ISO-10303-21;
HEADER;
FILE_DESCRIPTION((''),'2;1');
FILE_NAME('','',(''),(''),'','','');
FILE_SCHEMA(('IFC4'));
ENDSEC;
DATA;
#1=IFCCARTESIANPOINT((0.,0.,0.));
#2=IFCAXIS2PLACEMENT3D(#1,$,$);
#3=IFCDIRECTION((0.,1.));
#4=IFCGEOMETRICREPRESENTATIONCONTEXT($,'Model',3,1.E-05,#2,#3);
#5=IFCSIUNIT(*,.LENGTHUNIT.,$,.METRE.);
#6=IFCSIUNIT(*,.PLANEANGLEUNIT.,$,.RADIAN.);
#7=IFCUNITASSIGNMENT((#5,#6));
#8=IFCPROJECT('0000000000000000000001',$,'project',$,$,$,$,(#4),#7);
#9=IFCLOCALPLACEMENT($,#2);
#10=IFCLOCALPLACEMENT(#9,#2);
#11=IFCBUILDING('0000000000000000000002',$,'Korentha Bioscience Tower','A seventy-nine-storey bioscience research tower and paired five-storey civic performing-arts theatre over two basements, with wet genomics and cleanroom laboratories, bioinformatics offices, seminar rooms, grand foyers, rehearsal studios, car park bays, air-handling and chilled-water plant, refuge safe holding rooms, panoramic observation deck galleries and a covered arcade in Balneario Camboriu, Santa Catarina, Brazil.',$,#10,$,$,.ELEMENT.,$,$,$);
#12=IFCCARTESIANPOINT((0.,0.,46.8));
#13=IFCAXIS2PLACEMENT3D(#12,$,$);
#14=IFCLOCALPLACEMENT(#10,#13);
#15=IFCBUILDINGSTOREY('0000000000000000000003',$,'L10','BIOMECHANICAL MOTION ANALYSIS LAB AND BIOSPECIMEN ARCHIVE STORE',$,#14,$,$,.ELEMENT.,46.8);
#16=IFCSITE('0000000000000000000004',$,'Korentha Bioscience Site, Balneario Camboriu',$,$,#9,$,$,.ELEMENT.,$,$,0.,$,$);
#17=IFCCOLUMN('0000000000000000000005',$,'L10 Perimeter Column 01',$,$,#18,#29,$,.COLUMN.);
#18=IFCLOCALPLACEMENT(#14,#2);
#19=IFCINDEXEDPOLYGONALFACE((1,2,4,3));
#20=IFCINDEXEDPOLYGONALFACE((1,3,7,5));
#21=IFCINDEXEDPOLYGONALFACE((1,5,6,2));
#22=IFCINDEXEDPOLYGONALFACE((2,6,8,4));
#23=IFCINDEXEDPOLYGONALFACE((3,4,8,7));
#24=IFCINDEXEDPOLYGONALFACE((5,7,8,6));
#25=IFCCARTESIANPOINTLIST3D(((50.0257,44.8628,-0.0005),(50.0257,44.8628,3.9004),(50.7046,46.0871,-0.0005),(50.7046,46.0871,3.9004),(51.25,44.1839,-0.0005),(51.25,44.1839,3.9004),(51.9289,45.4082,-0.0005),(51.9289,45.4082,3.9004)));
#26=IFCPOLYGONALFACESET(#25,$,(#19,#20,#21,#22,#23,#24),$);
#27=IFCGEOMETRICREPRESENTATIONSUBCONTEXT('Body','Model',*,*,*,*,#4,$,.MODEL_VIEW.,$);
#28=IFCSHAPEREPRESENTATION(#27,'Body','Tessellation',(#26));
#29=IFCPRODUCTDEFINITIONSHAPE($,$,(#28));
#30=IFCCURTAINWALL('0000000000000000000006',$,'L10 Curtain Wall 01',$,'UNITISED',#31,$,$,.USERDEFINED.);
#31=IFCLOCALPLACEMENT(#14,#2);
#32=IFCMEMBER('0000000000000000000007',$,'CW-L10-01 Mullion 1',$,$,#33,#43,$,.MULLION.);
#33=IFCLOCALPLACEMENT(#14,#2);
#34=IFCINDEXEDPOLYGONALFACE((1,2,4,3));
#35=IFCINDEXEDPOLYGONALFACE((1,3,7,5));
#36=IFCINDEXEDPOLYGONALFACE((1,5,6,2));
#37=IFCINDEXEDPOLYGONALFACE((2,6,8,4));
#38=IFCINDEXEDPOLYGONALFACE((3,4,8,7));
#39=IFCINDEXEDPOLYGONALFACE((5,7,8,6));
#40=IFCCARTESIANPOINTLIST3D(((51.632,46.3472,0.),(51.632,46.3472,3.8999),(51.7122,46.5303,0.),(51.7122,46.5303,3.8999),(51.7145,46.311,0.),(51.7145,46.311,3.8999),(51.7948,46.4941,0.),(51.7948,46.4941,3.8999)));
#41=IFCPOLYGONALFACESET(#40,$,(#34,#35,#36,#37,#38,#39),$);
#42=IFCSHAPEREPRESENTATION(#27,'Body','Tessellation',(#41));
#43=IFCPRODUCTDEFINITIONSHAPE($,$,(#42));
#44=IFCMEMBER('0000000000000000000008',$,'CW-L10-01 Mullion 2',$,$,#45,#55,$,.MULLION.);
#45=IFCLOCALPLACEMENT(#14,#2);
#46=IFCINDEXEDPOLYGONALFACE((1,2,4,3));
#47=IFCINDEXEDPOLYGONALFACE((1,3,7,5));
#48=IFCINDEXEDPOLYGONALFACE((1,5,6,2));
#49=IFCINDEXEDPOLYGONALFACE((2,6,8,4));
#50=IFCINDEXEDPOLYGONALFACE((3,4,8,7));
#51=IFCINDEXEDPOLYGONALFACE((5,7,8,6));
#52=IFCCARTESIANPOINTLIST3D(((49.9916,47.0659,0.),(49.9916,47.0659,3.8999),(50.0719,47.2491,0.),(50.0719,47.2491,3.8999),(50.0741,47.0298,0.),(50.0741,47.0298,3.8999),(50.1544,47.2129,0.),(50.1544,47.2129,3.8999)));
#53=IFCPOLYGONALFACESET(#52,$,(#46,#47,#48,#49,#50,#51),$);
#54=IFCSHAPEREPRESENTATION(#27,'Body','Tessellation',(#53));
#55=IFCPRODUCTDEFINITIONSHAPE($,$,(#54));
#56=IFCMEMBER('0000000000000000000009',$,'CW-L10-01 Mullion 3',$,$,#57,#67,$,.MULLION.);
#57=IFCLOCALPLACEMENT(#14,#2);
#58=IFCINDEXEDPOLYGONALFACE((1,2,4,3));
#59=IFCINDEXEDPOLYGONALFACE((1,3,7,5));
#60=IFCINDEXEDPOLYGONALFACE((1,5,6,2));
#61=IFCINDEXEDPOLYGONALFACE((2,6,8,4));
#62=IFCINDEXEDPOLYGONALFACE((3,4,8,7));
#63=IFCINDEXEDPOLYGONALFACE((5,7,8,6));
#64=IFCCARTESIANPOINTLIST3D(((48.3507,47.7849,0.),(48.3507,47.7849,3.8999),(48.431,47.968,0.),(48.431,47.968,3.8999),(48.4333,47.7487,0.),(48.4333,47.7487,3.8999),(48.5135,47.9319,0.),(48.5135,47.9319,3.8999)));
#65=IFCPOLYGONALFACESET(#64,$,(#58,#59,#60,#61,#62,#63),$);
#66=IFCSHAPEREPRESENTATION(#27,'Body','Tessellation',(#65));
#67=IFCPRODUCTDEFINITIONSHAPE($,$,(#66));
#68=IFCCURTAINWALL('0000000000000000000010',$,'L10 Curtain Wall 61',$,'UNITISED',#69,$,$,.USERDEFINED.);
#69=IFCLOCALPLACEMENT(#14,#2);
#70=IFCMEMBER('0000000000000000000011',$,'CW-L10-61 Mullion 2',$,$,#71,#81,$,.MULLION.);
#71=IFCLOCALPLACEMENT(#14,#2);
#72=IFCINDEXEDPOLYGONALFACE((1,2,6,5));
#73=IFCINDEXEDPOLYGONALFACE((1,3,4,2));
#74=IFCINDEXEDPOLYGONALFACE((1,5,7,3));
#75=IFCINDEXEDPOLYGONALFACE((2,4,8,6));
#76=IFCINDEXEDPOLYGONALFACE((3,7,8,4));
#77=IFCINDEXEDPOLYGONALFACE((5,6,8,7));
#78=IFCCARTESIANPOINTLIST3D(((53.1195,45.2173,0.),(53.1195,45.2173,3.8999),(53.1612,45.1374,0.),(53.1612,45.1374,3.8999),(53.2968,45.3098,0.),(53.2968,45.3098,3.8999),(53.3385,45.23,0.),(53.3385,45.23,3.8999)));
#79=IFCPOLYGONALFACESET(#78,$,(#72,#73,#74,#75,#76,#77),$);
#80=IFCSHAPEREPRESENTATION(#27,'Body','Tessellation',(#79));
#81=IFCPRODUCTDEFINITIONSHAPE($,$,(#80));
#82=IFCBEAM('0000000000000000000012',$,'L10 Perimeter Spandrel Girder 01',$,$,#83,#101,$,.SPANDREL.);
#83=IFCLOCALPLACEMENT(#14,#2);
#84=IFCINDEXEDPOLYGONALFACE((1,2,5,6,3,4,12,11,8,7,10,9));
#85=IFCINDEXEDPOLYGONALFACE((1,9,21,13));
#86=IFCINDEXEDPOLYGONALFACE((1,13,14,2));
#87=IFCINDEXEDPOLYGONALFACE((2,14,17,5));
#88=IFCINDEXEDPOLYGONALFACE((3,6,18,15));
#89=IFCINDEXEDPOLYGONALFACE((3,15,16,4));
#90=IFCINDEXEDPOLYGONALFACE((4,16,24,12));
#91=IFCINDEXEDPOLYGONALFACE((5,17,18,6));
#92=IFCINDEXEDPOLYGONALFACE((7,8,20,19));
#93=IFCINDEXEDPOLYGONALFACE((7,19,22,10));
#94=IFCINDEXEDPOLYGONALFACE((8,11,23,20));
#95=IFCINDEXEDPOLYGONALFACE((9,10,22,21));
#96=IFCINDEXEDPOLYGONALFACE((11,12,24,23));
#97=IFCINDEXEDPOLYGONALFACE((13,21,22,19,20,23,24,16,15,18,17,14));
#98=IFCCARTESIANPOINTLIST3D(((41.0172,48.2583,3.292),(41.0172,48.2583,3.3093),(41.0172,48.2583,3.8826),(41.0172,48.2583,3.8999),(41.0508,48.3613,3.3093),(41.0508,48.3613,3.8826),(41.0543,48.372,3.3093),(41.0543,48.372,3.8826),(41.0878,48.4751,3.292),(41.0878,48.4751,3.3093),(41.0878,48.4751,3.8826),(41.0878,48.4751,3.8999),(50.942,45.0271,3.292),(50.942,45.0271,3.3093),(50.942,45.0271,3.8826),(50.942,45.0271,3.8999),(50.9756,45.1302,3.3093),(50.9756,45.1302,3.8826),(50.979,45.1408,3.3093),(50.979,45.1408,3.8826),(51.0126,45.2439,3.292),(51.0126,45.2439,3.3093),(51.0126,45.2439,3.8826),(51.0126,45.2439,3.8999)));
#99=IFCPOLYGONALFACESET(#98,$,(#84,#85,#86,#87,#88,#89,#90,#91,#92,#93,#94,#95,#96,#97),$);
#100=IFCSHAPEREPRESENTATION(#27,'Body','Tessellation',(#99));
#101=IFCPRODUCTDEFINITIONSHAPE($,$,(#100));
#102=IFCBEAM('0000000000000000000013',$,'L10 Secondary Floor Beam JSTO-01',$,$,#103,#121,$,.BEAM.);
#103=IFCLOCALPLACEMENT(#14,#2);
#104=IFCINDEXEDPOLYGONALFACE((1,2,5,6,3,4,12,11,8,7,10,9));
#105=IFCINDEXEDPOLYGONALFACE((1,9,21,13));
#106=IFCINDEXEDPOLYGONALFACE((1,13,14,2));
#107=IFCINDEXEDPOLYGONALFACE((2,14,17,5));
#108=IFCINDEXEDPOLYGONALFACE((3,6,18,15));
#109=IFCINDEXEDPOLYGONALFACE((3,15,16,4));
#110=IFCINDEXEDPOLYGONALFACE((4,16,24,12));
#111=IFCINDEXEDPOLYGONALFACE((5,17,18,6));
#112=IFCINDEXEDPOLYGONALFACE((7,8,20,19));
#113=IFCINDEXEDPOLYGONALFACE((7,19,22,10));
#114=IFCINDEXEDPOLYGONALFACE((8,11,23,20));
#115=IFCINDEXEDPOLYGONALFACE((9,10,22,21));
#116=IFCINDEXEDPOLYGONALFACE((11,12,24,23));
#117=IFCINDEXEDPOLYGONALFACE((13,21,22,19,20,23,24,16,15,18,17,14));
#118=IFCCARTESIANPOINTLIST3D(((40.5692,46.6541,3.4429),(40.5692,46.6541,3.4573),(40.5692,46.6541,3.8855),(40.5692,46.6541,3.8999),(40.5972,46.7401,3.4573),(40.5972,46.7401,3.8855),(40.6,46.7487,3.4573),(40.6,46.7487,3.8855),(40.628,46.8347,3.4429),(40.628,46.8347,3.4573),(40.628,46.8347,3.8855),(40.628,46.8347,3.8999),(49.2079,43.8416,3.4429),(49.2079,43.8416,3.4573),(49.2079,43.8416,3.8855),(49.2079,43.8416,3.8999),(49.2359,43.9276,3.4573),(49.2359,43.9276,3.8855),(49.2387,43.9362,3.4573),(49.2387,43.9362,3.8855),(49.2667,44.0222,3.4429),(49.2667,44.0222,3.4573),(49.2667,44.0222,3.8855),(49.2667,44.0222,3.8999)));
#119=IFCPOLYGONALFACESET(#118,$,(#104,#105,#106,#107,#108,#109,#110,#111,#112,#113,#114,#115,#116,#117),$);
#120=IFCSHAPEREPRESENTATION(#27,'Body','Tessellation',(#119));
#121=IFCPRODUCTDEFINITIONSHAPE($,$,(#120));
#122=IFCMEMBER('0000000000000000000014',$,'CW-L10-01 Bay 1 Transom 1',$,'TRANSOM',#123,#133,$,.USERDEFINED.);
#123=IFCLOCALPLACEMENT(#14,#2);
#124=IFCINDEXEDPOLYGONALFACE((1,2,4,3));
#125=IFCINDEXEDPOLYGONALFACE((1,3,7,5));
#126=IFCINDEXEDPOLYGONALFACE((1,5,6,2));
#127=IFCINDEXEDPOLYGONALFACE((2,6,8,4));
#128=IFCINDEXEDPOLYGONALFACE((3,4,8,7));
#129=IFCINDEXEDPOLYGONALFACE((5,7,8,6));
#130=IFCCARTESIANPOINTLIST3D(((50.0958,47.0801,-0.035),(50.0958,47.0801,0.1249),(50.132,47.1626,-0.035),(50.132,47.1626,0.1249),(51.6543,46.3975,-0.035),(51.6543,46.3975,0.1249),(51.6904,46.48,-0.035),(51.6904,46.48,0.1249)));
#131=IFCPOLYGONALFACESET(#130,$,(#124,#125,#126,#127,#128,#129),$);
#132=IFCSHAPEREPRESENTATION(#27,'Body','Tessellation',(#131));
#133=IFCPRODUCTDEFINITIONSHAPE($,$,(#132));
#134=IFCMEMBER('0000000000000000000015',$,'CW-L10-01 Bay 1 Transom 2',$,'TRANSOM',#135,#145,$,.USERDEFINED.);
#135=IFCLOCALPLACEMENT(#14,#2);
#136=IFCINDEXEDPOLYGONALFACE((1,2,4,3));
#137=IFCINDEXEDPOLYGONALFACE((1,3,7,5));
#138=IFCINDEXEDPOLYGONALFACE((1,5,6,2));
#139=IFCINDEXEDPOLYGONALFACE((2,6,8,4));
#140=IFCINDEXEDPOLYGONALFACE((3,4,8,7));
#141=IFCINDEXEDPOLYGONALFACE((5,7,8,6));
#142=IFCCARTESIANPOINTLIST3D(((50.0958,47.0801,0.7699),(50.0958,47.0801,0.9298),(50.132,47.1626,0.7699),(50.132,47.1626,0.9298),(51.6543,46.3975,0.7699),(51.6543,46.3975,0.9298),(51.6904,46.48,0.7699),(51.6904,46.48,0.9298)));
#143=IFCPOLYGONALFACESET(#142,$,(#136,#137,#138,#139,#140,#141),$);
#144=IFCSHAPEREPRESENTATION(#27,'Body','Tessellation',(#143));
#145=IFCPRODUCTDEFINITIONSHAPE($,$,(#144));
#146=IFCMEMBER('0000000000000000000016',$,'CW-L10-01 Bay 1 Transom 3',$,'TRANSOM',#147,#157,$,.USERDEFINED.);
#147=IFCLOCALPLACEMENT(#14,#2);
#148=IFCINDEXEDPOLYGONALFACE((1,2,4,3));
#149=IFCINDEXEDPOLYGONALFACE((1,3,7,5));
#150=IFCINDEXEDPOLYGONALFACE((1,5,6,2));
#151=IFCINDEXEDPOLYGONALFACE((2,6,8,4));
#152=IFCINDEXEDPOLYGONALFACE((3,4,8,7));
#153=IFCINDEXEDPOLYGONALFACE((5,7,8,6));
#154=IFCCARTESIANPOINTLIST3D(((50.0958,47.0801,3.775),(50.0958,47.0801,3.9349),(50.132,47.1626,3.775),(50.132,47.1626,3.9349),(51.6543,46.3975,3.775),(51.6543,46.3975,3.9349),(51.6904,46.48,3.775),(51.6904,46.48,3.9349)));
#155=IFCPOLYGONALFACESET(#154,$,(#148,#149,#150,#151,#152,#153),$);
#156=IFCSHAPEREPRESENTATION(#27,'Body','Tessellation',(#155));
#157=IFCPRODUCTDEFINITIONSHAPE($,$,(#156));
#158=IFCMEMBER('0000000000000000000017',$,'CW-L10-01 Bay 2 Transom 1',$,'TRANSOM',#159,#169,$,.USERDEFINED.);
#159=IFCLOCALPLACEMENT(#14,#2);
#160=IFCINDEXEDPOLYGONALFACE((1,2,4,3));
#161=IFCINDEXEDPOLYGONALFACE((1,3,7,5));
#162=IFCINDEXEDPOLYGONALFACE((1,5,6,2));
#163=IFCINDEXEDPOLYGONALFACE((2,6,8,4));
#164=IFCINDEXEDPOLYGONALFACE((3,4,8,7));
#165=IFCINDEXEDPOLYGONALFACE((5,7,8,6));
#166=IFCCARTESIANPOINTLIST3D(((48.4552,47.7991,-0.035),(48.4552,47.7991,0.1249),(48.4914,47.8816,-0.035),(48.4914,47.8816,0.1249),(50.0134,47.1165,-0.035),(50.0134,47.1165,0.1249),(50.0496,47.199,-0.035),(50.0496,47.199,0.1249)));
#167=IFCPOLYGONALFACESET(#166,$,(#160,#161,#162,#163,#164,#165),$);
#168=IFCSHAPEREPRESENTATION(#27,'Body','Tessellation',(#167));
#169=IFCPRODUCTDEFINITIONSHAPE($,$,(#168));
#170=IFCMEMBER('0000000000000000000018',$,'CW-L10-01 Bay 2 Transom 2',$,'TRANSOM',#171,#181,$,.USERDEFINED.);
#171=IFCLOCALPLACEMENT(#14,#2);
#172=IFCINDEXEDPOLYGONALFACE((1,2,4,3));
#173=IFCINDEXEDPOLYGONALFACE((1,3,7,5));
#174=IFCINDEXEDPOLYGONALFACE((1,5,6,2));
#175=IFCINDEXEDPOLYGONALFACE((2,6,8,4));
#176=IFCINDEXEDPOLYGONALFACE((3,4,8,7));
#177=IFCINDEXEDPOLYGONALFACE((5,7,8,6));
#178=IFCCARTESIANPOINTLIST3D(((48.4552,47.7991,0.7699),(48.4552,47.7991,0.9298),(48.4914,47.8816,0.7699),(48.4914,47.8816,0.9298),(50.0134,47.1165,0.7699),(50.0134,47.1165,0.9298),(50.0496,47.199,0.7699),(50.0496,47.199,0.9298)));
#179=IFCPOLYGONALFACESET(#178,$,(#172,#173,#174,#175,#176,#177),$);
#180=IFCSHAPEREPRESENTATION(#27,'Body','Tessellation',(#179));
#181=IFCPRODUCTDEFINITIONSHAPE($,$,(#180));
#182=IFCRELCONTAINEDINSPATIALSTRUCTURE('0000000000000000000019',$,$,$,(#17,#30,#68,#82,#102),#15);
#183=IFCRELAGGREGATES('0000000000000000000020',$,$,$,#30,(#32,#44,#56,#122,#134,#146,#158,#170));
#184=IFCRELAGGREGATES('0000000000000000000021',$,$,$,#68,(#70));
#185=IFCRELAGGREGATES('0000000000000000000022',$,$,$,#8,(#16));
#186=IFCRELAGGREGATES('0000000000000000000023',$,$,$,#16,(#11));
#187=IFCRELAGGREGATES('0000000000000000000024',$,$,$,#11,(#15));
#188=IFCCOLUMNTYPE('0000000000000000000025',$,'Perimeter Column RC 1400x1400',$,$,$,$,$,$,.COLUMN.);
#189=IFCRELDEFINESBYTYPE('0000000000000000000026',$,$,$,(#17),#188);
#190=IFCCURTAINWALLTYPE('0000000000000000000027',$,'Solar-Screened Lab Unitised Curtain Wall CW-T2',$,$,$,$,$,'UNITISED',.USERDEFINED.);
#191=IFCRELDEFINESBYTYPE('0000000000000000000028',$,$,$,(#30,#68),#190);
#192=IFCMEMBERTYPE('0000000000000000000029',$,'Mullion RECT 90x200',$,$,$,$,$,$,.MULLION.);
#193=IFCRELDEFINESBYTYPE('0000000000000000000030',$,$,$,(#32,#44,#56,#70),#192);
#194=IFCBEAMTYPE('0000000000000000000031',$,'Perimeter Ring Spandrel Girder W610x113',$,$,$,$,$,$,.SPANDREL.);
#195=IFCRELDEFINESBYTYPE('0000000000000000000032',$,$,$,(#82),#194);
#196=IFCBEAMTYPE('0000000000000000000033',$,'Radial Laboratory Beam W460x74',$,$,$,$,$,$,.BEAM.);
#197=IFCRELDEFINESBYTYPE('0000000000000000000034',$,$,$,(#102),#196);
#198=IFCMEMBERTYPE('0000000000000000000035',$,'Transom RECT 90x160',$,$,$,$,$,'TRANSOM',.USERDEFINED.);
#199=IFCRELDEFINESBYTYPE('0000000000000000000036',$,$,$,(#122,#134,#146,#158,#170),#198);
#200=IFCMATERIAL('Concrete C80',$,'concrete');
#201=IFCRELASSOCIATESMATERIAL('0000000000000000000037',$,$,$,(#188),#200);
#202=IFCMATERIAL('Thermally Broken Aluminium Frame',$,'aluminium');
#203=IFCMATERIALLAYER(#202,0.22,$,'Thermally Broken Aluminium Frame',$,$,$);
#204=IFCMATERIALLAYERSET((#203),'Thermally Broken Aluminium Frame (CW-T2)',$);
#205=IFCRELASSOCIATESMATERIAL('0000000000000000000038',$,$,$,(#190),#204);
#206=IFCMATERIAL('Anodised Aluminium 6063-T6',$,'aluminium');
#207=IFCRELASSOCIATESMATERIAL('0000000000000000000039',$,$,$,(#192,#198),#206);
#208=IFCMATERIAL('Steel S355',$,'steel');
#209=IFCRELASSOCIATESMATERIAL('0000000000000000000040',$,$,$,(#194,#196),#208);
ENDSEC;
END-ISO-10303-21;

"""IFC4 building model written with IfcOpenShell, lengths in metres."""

from ifc_helpers import new_model, si_unit, direction, frame, origin, origin_2d, place, context, subcontext, project, spatial, rectangle, i_section, extrude, material, layer, layer_set, material_profile, profile_set, type_object, element, aggregate, save


model = new_model("IFC4")

# Units and contexts
model_context = context("Model", 3, precision=1e-05, world=origin(), true_north=direction((0.0, 1.0)))
body_context = subcontext(model_context, "Body", "Model", "MODEL_VIEW")
ifc_project = project(units=[si_unit("LENGTHUNIT", "METRE"), si_unit("PLANEANGLEUNIT", "RADIAN")], contexts=[model_context])

# Site, building, storey
site_placement = place(None, origin())
site = spatial("IfcSite", under=ifc_project, at=site_placement, Name="Korentha Bioscience Site, Balneario Camboriu", CompositionType="ELEMENT", RefElevation=0.0)
building_placement = place(site_placement, origin())
building = spatial("IfcBuilding", under=site, at=building_placement, Name="Korentha Bioscience Tower", Description="A seventy-nine-storey bioscience research tower and paired five-storey civic performing-arts theatre over two basements, with wet genomics and cleanroom laboratories, bioinformatics offices, seminar rooms, grand foyers, rehearsal studios, car park bays, air-handling and chilled-water plant, refuge safe holding rooms, panoramic observation deck galleries and a covered arcade in Balneario Camboriu, Santa Catarina, Brazil.", CompositionType="ELEMENT")
storey_placement = place(building_placement, frame((0.0, 0.0, 46.8)))
storey = spatial("IfcBuildingStorey", under=building, at=storey_placement, Name="L10", Description="BIOMECHANICAL MOTION ANALYSIS LAB AND BIOSPECIMEN ARCHIVE STORE", CompositionType="ELEMENT", Elevation=46.8)

# Column
ifc_material_1 = material(Name="Concrete C80", Category="concrete")
ifc_material_profile_1 = material_profile(ifc_material_1, rectangle(XDim=1.3999, YDim=1.3999, at=origin_2d()), Name="Concrete C80")
ifc_profile_set_1 = profile_set([ifc_material_profile_1], Name="Concrete C80 (COL-P14)")
column_type = type_object("IfcColumnType", Name="Perimeter Column RC 1400x1400", PredefinedType="COLUMN", material=ifc_profile_set_1)
column_placement = place(storey_placement, frame((50.9773, 45.1355, -0.0005), z_axis=(0.0, 0.0, 1.0), x_axis=(-0.874535, 0.484962, 0.0)))
element("IfcColumn", 1, at=column_placement, inside=storey, type_object=column_type, Name="L10 Perimeter Column 01", PredefinedType="COLUMN", context=body_context, shape_type="SweptSolid", body=[
    extrude(rectangle(XDim=1.3999, YDim=1.3999, at=origin_2d()), origin(), (0.0, 0.0, 1.0), 3.9009),
])

# Curtain wall, members
ifc_material_2 = material(Name="Thermally Broken Aluminium Frame", Category="aluminium")
ifc_layer_1 = layer(ifc_material_2, 0.22, Name="Thermally Broken Aluminium Frame")
ifc_layer_set_1 = layer_set([ifc_layer_1], Name="Thermally Broken Aluminium Frame (CW-T2)")
curtain_wall_type = type_object("IfcCurtainWallType", Name="Solar-Screened Lab Unitised Curtain Wall CW-T2", ElementType="UNITISED", PredefinedType="USERDEFINED", material=ifc_layer_set_1)
curtain_wall_1_placement = place(storey_placement, origin())
curtain_wall_1 = element("IfcCurtainWall", 2, at=curtain_wall_1_placement, inside=storey, type_object=curtain_wall_type, Name="L10 Curtain Wall 01", ObjectType="UNITISED", PredefinedType="USERDEFINED")
ifc_material_3 = material(Name="Anodised Aluminium 6063-T6", Category="aluminium")
ifc_material_profile_2 = material_profile(ifc_material_3, rectangle(XDim=0.0901, YDim=0.2, at=origin_2d()), Name="Anodised Aluminium 6063-T6")
ifc_profile_set_2 = profile_set([ifc_material_profile_2], Name="Anodised Aluminium 6063-T6 (CW-MUL)")
member_type_1 = type_object("IfcMemberType", Name="Mullion RECT 90x200", PredefinedType="MULLION", material=ifc_profile_set_2)
member_1_placement = place(storey_placement, frame((51.7134, 46.4207, 0.0), z_axis=(0.0, 0.0, 1.0), x_axis=(-0.915939, 0.401317, 0.0)))
member_1 = element("IfcMember", 3, at=member_1_placement, type_object=member_type_1, Name="CW-L10-01 Mullion 1", PredefinedType="MULLION", context=body_context, shape_type="SweptSolid", body=[
    extrude(rectangle(XDim=0.0901, YDim=0.2, at=origin_2d()), origin(), (0.0, 0.0, 1.0), 3.8999),
])
member_2_placement = place(storey_placement, frame((50.073, 47.1394, 0.0), z_axis=(0.0, 0.0, 1.0), x_axis=(-0.915939, 0.401317, 0.0)))
member_2 = element("IfcMember", 4, at=member_2_placement, type_object=member_type_1, Name="CW-L10-01 Mullion 2", PredefinedType="MULLION", context=body_context, shape_type="SweptSolid", body=[
    extrude(rectangle(XDim=0.0901, YDim=0.2, at=origin_2d()), origin(), (0.0, 0.0, 1.0), 3.8999),
])
member_3_placement = place(storey_placement, frame((48.4321, 47.8584, 0.0), z_axis=(0.0, 0.0, 1.0), x_axis=(-0.915939, 0.401317, 0.0)))
member_3 = element("IfcMember", 5, at=member_3_placement, type_object=member_type_1, Name="CW-L10-01 Mullion 3", PredefinedType="MULLION", context=body_context, shape_type="SweptSolid", body=[
    extrude(rectangle(XDim=0.0901, YDim=0.2, at=origin_2d()), origin(), (0.0, 0.0, 1.0), 3.8999),
])

# Curtain wall, member
curtain_wall_2_placement = place(storey_placement, origin())
curtain_wall_2 = element("IfcCurtainWall", 6, at=curtain_wall_2_placement, inside=storey, type_object=curtain_wall_type, Name="L10 Curtain Wall 61", ObjectType="UNITISED", PredefinedType="USERDEFINED")
member_4_placement = place(storey_placement, frame((53.229, 45.2236, 0.0), z_axis=(0.0, 0.0, 1.0), x_axis=(-0.463009, 0.886354, 0.0)))
member_4 = element("IfcMember", 7, at=member_4_placement, type_object=member_type_1, Name="CW-L10-61 Mullion 2", PredefinedType="MULLION", context=body_context, shape_type="SweptSolid", body=[
    extrude(rectangle(XDim=0.0901, YDim=0.2, at=origin_2d()), origin(), (0.0, 0.0, 1.0), 3.8999),
])

# Beams
ifc_material_4 = material(Name="Steel S355", Category="steel")
ifc_material_profile_3 = material_profile(ifc_material_4, i_section(OverallWidth=0.228, OverallDepth=0.6079, WebThickness=0.0112, FlangeThickness=0.0173, at=origin_2d()), Name="Steel S355")
ifc_profile_set_3 = profile_set([ifc_material_profile_3], Name="Steel S355 (SB-610)")
beam_type_1 = type_object("IfcBeamType", Name="Perimeter Ring Spandrel Girder W610x113", PredefinedType="SPANDREL", material=ifc_profile_set_3)
beam_1_placement = place(storey_placement, frame((50.9773, 45.1355, 3.5959), z_axis=(-0.950875, 0.309575, 0.0), x_axis=(-0.309575, -0.950875, 0.0)))
element("IfcBeam", 8, at=beam_1_placement, inside=storey, type_object=beam_type_1, Name="L10 Perimeter Spandrel Girder 01", PredefinedType="SPANDREL", context=body_context, shape_type="SweptSolid", body=[
    extrude(i_section(OverallWidth=0.228, OverallDepth=0.6079, WebThickness=0.0112, FlangeThickness=0.0173, at=origin_2d()), origin(), (0.0, 0.0, 1.0), 10.4375),
])
ifc_material_profile_4 = material_profile(ifc_material_4, i_section(OverallWidth=0.1899, OverallDepth=0.457, WebThickness=0.009, FlangeThickness=0.0144, at=origin_2d()), Name="Steel S355")
ifc_profile_set_4 = profile_set([ifc_material_profile_4], Name="Steel S355 (RB-460)")
beam_type_2 = type_object("IfcBeamType", Name="Radial Laboratory Beam W460x74", PredefinedType="BEAM", material=ifc_profile_set_4)
beam_2_placement = place(storey_placement, frame((49.2373, 43.9319, 3.6714), z_axis=(-0.950874, 0.309577, 0.0), x_axis=(-0.309577, -0.950874, 0.0)))
element("IfcBeam", 9, at=beam_2_placement, inside=storey, type_object=beam_type_2, Name="L10 Secondary Floor Beam JSTO-01", PredefinedType="BEAM", context=body_context, shape_type="SweptSolid", body=[
    extrude(i_section(OverallWidth=0.1899, OverallDepth=0.457, WebThickness=0.009, FlangeThickness=0.0144, at=origin_2d()), origin(), (0.0, 0.0, 1.0), 9.085),
])

# Members
ifc_material_profile_5 = material_profile(ifc_material_3, rectangle(XDim=0.0901, YDim=0.1599, at=origin_2d()), Name="Anodised Aluminium 6063-T6")
ifc_profile_set_5 = profile_set([ifc_material_profile_5], Name="Anodised Aluminium 6063-T6 (CW-TRN)")
member_type_2 = type_object("IfcMemberType", Name="Transom RECT 90x160", ElementType="TRANSOM", PredefinedType="USERDEFINED", material=ifc_profile_set_5)
member_5_placement = place(storey_placement, frame((51.6724, 46.4387, 0.0449), z_axis=(-0.915976, 0.401233, 0.0), x_axis=(-0.401233, -0.915976, 0.0)))
member_5 = element("IfcMember", 10, at=member_5_placement, type_object=member_type_2, Name="CW-L10-01 Bay 1 Transom 1", ObjectType="TRANSOM", PredefinedType="USERDEFINED", context=body_context, shape_type="SweptSolid", body=[
    extrude(rectangle(XDim=0.0901, YDim=0.1599, at=origin_2d()), origin(), (0.0, 0.0, 1.0), 1.7014),
])
member_6_placement = place(storey_placement, frame((51.6724, 46.4387, 0.8499), z_axis=(-0.915976, 0.401233, 0.0), x_axis=(-0.401233, -0.915976, 0.0)))
member_6 = element("IfcMember", 11, at=member_6_placement, type_object=member_type_2, Name="CW-L10-01 Bay 1 Transom 2", ObjectType="TRANSOM", PredefinedType="USERDEFINED", context=body_context, shape_type="SweptSolid", body=[
    extrude(rectangle(XDim=0.0901, YDim=0.1599, at=origin_2d()), origin(), (0.0, 0.0, 1.0), 1.7014),
])
member_7_placement = place(storey_placement, frame((51.6724, 46.4387, 3.855), z_axis=(-0.915976, 0.401233, 0.0), x_axis=(-0.401233, -0.915976, 0.0)))
member_7 = element("IfcMember", 12, at=member_7_placement, type_object=member_type_2, Name="CW-L10-01 Bay 1 Transom 3", ObjectType="TRANSOM", PredefinedType="USERDEFINED", context=body_context, shape_type="SweptSolid", body=[
    extrude(rectangle(XDim=0.0901, YDim=0.1599, at=origin_2d()), origin(), (0.0, 0.0, 1.0), 1.7014),
])
member_8_placement = place(storey_placement, frame((50.0315, 47.1577, 0.0449), z_axis=(-0.915953, 0.401286, 0.0), x_axis=(-0.401286, -0.915953, 0.0)))
member_8 = element("IfcMember", 13, at=member_8_placement, type_object=member_type_2, Name="CW-L10-01 Bay 2 Transom 1", ObjectType="TRANSOM", PredefinedType="USERDEFINED", context=body_context, shape_type="SweptSolid", body=[
    extrude(rectangle(XDim=0.0901, YDim=0.1599, at=origin_2d()), origin(), (0.0, 0.0, 1.0), 1.7012),
])
member_9_placement = place(storey_placement, frame((50.0315, 47.1577, 0.8499), z_axis=(-0.915953, 0.401286, 0.0), x_axis=(-0.401286, -0.915953, 0.0)))
member_9 = element("IfcMember", 14, at=member_9_placement, type_object=member_type_2, Name="CW-L10-01 Bay 2 Transom 2", ObjectType="TRANSOM", PredefinedType="USERDEFINED", context=body_context, shape_type="SweptSolid", body=[
    extrude(rectangle(XDim=0.0901, YDim=0.1599, at=origin_2d()), origin(), (0.0, 0.0, 1.0), 1.7012),
])

aggregate(curtain_wall_1, [member_1, member_2, member_3, member_5, member_6, member_7, member_8, member_9])
aggregate(curtain_wall_2, [member_4])

save(model, "model.ifc")
